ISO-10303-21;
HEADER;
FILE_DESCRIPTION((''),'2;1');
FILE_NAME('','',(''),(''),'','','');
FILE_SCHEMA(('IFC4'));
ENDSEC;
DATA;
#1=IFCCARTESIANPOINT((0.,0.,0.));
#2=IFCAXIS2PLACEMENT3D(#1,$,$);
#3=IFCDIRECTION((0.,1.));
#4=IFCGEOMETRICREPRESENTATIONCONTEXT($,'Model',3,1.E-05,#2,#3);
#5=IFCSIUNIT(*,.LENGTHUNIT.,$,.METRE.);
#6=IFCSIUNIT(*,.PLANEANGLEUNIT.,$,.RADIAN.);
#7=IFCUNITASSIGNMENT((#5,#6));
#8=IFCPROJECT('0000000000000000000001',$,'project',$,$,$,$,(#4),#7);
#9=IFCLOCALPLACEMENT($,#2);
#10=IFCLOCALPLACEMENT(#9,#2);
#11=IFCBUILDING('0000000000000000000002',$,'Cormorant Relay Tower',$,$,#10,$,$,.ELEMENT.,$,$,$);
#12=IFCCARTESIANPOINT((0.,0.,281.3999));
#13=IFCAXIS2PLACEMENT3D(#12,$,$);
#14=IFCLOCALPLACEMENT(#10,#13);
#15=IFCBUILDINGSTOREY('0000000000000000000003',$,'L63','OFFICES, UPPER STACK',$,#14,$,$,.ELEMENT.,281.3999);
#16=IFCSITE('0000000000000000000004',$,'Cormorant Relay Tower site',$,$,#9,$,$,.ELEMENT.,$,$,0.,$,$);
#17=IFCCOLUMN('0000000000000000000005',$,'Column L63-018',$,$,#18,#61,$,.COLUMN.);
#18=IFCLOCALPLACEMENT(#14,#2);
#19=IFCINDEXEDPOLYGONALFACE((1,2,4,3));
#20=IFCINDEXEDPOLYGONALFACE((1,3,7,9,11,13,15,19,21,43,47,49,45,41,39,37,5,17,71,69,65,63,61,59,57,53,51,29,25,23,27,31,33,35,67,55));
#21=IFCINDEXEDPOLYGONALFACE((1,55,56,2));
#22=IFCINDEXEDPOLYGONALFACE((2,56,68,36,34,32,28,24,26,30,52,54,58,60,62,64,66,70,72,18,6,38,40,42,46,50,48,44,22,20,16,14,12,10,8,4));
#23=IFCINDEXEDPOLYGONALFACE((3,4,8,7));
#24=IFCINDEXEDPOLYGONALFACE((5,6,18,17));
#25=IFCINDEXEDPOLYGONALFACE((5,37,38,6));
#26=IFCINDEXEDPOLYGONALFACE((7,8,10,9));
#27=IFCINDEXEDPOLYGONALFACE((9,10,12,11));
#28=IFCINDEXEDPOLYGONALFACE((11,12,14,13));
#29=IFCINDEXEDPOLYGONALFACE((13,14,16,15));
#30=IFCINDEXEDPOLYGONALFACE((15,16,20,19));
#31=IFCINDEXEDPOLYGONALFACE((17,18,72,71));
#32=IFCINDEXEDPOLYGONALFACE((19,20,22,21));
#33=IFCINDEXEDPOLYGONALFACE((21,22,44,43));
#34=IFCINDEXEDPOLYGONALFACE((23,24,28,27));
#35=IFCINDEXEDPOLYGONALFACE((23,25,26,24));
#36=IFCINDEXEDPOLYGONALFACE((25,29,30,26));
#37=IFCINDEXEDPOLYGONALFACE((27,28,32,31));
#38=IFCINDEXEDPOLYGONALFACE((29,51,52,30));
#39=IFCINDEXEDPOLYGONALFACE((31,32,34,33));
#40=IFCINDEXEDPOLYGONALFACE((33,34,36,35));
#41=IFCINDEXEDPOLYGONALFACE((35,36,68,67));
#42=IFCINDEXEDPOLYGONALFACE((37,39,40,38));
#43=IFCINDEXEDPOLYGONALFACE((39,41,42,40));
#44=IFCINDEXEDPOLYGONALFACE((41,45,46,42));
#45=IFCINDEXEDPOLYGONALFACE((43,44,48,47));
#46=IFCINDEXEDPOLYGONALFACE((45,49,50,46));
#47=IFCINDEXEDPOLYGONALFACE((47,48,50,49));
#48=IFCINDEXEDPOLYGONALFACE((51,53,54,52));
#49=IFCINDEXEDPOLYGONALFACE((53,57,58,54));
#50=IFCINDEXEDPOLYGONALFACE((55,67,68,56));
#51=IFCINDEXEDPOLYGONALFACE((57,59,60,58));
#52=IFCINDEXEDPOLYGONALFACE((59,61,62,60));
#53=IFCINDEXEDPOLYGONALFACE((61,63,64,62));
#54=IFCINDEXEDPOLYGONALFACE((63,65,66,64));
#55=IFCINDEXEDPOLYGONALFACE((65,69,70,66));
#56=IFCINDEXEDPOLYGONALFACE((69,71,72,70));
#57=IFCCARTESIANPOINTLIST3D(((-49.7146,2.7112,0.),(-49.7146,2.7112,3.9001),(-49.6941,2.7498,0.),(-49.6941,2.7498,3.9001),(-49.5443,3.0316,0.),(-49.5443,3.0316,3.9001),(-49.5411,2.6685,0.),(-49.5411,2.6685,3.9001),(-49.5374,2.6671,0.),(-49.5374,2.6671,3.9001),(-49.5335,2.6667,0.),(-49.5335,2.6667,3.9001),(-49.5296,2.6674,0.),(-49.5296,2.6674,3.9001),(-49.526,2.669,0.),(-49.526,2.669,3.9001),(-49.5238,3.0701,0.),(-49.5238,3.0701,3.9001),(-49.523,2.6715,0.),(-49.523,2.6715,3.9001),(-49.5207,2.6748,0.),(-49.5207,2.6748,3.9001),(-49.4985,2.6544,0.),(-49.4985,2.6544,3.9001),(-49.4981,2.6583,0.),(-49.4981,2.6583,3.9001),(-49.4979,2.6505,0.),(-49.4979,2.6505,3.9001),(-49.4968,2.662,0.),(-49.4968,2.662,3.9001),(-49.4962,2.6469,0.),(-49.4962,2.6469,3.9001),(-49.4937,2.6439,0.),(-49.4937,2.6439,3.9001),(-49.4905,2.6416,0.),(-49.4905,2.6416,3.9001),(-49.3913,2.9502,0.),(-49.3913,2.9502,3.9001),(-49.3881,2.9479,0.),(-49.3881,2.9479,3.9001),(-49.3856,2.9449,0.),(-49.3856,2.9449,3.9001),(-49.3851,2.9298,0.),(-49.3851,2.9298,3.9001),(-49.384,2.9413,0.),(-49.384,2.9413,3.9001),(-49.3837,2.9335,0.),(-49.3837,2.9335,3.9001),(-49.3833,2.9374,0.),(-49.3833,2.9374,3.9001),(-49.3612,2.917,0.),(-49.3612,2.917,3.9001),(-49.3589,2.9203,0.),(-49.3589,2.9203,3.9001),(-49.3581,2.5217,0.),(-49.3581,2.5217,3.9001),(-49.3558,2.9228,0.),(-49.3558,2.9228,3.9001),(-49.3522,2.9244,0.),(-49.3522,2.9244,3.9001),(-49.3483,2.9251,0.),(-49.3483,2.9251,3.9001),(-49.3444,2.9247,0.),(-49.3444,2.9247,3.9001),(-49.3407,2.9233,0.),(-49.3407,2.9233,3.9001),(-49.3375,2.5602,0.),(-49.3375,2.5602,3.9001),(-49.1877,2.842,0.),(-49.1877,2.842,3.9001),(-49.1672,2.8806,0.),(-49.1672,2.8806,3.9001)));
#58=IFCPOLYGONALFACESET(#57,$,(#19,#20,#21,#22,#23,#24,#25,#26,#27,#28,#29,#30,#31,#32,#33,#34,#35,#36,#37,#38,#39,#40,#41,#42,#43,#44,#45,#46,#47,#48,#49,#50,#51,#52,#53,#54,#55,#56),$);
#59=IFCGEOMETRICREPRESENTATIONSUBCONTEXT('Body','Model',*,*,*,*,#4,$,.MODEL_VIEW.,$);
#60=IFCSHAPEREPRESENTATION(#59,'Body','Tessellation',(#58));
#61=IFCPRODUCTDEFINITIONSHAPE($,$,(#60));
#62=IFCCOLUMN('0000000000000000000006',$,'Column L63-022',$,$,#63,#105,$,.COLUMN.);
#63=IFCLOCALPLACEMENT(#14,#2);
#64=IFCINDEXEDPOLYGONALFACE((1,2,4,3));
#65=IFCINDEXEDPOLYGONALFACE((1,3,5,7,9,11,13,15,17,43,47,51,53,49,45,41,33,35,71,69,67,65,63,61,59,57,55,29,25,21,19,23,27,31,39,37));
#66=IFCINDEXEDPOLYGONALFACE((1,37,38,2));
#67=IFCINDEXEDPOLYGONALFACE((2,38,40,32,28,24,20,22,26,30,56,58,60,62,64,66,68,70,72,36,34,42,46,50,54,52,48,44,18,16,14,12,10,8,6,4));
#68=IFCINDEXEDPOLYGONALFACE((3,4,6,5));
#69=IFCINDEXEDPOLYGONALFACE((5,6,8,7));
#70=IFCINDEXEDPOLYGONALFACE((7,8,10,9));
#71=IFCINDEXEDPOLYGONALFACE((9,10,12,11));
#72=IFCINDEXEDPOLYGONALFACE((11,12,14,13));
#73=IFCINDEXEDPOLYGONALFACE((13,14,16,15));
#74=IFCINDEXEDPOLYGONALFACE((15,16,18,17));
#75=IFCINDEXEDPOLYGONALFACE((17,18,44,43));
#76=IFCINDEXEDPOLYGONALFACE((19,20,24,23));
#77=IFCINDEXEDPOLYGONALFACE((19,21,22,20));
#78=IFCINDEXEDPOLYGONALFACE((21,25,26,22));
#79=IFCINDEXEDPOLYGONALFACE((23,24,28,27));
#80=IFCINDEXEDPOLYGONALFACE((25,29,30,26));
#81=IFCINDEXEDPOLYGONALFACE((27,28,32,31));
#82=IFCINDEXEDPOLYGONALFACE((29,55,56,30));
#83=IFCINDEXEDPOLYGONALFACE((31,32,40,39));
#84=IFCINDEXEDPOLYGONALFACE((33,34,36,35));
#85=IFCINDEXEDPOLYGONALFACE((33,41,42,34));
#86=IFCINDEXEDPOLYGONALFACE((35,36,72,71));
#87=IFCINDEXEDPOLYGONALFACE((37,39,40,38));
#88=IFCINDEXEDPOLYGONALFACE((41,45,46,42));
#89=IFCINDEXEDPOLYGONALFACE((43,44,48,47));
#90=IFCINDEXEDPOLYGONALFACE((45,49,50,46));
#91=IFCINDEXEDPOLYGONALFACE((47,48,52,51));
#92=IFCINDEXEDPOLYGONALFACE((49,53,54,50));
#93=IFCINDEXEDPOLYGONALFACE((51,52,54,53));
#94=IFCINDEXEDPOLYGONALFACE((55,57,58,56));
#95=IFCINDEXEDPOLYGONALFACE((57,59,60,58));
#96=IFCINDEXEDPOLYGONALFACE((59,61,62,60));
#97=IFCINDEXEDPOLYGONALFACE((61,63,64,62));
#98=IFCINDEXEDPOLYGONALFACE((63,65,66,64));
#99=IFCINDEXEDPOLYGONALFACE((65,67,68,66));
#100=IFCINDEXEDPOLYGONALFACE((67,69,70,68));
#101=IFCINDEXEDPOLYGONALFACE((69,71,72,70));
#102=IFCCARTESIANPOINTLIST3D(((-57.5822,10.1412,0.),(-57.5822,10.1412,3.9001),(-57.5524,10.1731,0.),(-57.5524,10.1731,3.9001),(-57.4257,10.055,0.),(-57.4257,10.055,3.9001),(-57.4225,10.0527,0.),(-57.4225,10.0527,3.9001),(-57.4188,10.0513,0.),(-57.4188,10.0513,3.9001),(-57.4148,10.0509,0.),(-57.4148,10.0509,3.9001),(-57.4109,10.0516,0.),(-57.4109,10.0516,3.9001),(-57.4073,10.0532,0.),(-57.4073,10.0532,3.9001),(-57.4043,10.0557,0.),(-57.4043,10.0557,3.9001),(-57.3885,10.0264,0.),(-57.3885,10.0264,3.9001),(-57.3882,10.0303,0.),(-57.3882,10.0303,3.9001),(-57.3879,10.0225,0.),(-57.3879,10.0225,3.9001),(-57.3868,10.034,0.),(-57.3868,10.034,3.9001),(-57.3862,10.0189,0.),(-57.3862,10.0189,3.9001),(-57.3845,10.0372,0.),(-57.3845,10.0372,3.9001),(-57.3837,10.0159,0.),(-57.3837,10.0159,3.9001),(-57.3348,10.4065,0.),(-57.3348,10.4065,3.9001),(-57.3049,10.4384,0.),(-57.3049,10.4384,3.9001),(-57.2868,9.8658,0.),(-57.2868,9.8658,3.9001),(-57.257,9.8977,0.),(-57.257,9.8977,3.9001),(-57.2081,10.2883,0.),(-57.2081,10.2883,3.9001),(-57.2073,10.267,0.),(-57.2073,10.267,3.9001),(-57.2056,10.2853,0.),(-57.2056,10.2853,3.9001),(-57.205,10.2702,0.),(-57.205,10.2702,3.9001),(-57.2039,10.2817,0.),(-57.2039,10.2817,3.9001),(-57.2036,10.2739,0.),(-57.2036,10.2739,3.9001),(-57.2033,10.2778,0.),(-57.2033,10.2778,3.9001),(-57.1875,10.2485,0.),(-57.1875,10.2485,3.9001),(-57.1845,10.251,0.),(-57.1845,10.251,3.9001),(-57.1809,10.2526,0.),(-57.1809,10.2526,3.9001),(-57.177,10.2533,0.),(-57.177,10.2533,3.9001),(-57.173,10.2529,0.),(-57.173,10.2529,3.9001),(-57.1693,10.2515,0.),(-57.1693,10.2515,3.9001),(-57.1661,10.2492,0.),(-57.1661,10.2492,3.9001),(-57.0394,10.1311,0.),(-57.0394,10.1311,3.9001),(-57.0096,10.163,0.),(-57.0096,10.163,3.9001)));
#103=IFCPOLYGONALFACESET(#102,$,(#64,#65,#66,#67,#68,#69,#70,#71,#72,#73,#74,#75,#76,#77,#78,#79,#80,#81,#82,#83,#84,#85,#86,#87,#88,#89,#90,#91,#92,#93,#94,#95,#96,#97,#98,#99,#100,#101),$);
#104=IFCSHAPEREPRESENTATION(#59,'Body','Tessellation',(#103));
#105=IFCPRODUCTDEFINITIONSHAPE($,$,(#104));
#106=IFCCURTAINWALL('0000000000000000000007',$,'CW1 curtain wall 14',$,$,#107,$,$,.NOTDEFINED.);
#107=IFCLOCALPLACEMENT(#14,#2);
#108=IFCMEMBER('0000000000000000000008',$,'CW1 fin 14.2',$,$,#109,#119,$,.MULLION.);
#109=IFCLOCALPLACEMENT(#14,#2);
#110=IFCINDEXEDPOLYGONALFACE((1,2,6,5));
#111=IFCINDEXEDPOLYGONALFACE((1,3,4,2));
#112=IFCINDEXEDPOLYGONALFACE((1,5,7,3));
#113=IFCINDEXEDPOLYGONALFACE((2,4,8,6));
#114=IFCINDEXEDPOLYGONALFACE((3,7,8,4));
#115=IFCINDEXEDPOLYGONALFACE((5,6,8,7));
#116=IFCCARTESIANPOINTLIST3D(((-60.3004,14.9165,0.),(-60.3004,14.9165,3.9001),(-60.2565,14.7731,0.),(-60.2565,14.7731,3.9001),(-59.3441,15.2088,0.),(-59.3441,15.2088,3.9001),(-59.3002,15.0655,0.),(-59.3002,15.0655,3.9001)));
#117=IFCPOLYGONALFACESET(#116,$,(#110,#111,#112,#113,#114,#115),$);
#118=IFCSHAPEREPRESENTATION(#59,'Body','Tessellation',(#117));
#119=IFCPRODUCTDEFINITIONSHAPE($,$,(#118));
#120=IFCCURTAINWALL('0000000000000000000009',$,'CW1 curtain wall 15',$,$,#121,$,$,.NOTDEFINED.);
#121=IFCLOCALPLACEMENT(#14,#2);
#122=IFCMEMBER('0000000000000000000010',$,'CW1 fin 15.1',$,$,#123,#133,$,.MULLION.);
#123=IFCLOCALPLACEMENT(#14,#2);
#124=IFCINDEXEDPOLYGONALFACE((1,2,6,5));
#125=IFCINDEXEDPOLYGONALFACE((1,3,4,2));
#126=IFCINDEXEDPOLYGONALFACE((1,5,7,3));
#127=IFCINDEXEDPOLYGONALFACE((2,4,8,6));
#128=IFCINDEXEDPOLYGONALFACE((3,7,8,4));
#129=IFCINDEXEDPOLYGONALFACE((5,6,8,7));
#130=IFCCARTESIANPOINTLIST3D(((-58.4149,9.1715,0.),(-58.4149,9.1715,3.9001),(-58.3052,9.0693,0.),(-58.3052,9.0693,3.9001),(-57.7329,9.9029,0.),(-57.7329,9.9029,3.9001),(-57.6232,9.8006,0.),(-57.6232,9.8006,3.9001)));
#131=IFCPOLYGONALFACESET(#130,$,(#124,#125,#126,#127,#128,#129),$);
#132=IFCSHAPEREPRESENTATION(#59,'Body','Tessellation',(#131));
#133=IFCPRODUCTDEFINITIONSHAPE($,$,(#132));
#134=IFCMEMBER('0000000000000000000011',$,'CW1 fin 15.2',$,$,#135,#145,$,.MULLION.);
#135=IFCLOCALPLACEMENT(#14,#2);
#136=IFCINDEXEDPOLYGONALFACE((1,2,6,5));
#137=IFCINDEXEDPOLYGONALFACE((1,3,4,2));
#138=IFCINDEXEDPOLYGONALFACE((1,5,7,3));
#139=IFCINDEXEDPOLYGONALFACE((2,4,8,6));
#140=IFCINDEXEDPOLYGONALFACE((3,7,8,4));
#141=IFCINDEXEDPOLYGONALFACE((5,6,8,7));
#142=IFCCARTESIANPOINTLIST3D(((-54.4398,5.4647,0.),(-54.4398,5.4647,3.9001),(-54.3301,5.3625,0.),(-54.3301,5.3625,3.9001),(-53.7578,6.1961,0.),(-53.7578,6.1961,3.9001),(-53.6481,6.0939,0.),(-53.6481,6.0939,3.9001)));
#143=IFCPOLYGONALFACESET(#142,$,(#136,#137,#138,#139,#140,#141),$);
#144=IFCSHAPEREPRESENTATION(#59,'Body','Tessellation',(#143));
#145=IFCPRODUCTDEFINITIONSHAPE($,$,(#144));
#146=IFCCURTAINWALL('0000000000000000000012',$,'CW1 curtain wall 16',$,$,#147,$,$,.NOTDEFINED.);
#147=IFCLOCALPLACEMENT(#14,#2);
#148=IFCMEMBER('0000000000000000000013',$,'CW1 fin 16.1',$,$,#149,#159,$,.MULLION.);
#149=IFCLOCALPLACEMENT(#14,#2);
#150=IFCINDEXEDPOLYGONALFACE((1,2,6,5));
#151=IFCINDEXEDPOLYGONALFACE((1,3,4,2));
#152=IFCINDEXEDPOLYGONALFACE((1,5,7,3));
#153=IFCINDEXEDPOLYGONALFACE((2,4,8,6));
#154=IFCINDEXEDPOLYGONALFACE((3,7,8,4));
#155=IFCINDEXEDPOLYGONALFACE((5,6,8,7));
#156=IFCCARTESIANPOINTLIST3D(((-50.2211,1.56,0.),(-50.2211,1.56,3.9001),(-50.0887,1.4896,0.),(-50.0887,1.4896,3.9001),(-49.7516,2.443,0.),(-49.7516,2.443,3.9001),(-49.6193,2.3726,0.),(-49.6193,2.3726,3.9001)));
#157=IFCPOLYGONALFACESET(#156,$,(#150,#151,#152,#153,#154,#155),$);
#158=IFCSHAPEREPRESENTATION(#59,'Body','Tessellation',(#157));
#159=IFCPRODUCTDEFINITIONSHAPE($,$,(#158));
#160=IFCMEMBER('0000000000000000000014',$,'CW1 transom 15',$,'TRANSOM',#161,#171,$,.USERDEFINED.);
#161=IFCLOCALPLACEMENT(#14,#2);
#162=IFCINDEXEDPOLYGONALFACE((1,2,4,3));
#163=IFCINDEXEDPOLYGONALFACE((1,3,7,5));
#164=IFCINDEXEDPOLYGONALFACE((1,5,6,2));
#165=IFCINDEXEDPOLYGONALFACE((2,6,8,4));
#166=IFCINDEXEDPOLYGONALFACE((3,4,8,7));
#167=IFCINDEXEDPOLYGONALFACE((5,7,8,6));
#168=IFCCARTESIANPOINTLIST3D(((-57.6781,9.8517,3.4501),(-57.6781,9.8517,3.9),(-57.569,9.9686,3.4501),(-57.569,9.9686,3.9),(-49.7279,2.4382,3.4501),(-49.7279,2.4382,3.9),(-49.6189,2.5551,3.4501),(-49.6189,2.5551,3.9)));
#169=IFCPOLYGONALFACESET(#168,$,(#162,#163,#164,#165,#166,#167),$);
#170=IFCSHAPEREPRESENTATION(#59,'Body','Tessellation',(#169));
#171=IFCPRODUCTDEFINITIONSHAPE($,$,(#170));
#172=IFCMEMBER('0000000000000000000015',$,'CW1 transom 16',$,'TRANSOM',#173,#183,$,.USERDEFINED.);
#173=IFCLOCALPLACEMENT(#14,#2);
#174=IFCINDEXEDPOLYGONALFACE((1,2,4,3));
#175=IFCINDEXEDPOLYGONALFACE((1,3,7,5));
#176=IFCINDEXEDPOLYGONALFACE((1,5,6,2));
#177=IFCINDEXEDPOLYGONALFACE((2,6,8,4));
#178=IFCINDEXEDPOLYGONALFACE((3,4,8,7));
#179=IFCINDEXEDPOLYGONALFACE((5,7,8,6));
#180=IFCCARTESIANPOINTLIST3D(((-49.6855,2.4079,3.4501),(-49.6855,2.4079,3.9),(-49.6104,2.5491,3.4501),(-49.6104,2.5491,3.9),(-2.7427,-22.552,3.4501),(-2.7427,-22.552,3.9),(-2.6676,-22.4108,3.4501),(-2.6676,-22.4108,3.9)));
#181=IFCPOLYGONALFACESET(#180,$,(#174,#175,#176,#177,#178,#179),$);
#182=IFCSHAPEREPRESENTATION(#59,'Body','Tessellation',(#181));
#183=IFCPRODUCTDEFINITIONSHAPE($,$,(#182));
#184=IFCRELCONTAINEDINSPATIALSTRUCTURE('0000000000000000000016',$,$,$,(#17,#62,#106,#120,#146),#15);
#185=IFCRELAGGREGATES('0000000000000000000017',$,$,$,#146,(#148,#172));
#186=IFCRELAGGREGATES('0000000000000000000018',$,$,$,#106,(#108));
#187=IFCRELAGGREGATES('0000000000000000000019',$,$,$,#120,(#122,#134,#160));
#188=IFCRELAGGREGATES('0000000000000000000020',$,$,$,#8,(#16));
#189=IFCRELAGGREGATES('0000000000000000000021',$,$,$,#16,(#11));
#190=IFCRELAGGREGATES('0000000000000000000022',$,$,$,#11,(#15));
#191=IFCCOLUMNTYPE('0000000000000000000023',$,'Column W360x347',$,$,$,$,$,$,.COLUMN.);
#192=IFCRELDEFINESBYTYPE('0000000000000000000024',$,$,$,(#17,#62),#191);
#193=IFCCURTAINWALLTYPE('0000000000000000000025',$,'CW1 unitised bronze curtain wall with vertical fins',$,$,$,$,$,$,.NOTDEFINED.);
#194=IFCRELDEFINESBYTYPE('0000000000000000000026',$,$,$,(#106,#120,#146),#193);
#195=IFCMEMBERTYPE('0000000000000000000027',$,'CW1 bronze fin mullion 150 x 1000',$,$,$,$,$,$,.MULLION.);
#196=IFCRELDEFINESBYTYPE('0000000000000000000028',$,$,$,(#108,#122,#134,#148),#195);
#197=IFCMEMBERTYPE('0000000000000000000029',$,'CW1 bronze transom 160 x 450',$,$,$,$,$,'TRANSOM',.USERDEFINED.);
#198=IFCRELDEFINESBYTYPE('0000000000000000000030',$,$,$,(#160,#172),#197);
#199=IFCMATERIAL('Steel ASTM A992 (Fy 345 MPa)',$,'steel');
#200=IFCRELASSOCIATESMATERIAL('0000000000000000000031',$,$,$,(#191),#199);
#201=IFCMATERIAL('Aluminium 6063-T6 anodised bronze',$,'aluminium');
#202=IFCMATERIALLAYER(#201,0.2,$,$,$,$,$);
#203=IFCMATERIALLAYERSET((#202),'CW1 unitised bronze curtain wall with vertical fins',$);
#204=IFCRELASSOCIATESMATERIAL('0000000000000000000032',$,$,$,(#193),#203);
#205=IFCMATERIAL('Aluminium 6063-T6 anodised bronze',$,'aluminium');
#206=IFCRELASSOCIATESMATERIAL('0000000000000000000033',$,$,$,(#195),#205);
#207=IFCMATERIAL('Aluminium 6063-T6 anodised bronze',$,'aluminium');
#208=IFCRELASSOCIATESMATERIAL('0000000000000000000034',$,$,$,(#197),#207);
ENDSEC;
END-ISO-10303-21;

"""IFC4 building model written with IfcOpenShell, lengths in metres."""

from ifc_helpers import new_model, si_unit, direction, frame, origin, origin_2d, place, context, subcontext, project, spatial, rectangle, i_section, extrude, material, layer, layer_set, material_profile, profile_set, type_object, element, aggregate, save


model = new_model("IFC4")

# Units and contexts
model_context = context("Model", 3, precision=1e-05, world=origin(), true_north=direction((0.0, 1.0)))
body_context = subcontext(model_context, "Body", "Model", "MODEL_VIEW")
ifc_project = project(units=[si_unit("LENGTHUNIT", "METRE"), si_unit("PLANEANGLEUNIT", "RADIAN")], contexts=[model_context])

# Site, building, storey
site_placement = place(None, origin())
site = spatial("IfcSite", under=ifc_project, at=site_placement, Name="Cormorant Relay Tower site", CompositionType="ELEMENT", RefElevation=0.0)
building_placement = place(site_placement, origin())
building = spatial("IfcBuilding", under=site, at=building_placement, Name="Cormorant Relay Tower", CompositionType="ELEMENT")
storey_placement = place(building_placement, frame((0.0, 0.0, 281.3999)))
storey = spatial("IfcBuildingStorey", under=building, at=storey_placement, Name="L63", Description="OFFICES, UPPER STACK", CompositionType="ELEMENT", Elevation=281.3999)

# Columns
ifc_material_1 = material(Name="Steel ASTM A992 (Fy 345 MPa)", Category="steel")
ifc_material_profile_1 = material_profile(ifc_material_1, i_section(OverallWidth=0.4038, OverallDepth=0.4065, WebThickness=0.0271, FlangeThickness=0.0437, FilletRadius=0.0151, at=origin_2d()), Name="W360x347")
ifc_profile_set_1 = profile_set([ifc_material_profile_1], Name="Steel ASTM A992 (Fy 345 MPa)")
column_type = type_object("IfcColumnType", Name="Column W360x347", PredefinedType="COLUMN", material=ifc_profile_set_1)
for number, where, z_axis, x_axis, name in (
    (1, (-49.4409, 2.7959, 0.0), (0.0, 0.0, 1.0), (0.882948, -0.469472, 0.0), "Column L63-018"),
    (2, (-57.2959, 10.1521, 0.0), (0.0, 0.0, 1.0), (0.731354, -0.681998, 0.0), "Column L63-022"),
):
    element("IfcColumn", number, at=place(storey_placement, frame(where, z_axis=z_axis, x_axis=x_axis)), inside=storey, type_object=column_type, Name=name, PredefinedType="COLUMN", context=body_context, shape_type="SweptSolid", body=[
        extrude(i_section(OverallWidth=0.4038, OverallDepth=0.4065, WebThickness=0.0271, FlangeThickness=0.0437, FilletRadius=0.0151, at=origin_2d()), origin(), (0.0, 0.0, 1.0), 3.9001),
    ])

# Curtain wall, member
ifc_material_2 = material(Name="Aluminium 6063-T6 anodised bronze", Category="aluminium")
ifc_layer_1 = layer(ifc_material_2, 0.2)
ifc_layer_set_1 = layer_set([ifc_layer_1], Name="CW1 unitised bronze curtain wall with vertical fins")
curtain_wall_type = type_object("IfcCurtainWallType", Name="CW1 unitised bronze curtain wall with vertical fins", PredefinedType="NOTDEFINED", material=ifc_layer_set_1)
curtain_wall_1_placement = place(storey_placement, origin())
curtain_wall_1 = element("IfcCurtainWall", 3, at=curtain_wall_1_placement, inside=storey, type_object=curtain_wall_type, Name="CW1 curtain wall 14", PredefinedType="NOTDEFINED")
ifc_material_3 = material(Name="Aluminium 6063-T6 anodised bronze", Category="aluminium")
ifc_material_profile_2 = material_profile(ifc_material_3, rectangle(XDim=0.1499, YDim=1.0, at=origin_2d()), Name="AL 150x1000")
ifc_profile_set_2 = profile_set([ifc_material_profile_2], Name="Aluminium 6063-T6 anodised bronze")
member_type_1 = type_object("IfcMemberType", Name="CW1 bronze fin mullion 150 x 1000", PredefinedType="MULLION", material=ifc_profile_set_2)
member_1_placement = place(storey_placement, frame((-59.8003, 14.991, 0.0), z_axis=(0.0, 0.0, 1.0), x_axis=(0.292372, -0.956305, 0.0)))
member_1 = element("IfcMember", 4, at=member_1_placement, type_object=member_type_1, Name="CW1 fin 14.2", PredefinedType="MULLION", context=body_context, shape_type="SweptSolid", body=[
    extrude(rectangle(XDim=0.1499, YDim=1.0, at=origin_2d()), origin(), (0.0, 0.0, 1.0), 3.9001),
])

# Curtain wall, members
curtain_wall_2_placement = place(storey_placement, origin())
curtain_wall_2 = element("IfcCurtainWall", 5, at=curtain_wall_2_placement, inside=storey, type_object=curtain_wall_type, Name="CW1 curtain wall 15", PredefinedType="NOTDEFINED")
member_2_placement = place(storey_placement, frame((-58.019, 9.4861, 0.0), z_axis=(0.0, 0.0, 1.0), x_axis=(0.731354, -0.681998, 0.0)))
member_2 = element("IfcMember", 6, at=member_2_placement, type_object=member_type_1, Name="CW1 fin 15.1", PredefinedType="MULLION", context=body_context, shape_type="SweptSolid", body=[
    extrude(rectangle(XDim=0.1499, YDim=1.0, at=origin_2d()), origin(), (0.0, 0.0, 1.0), 3.9001),
])
member_3_placement = place(storey_placement, frame((-54.0439, 5.7793, 0.0), z_axis=(0.0, 0.0, 1.0), x_axis=(0.731354, -0.681998, 0.0)))
member_3 = element("IfcMember", 7, at=member_3_placement, type_object=member_type_1, Name="CW1 fin 15.2", PredefinedType="MULLION", context=body_context, shape_type="SweptSolid", body=[
    extrude(rectangle(XDim=0.1499, YDim=1.0, at=origin_2d()), origin(), (0.0, 0.0, 1.0), 3.9001),
])

# Curtain wall, member
curtain_wall_3_placement = place(storey_placement, origin())
curtain_wall_3 = element("IfcCurtainWall", 8, at=curtain_wall_3_placement, inside=storey, type_object=curtain_wall_type, Name="CW1 curtain wall 16", PredefinedType="NOTDEFINED")
member_4_placement = place(storey_placement, frame((-49.9202, 1.9663, 0.0), z_axis=(0.0, 0.0, 1.0), x_axis=(0.882948, -0.469472, 0.0)))
member_4 = element("IfcMember", 9, at=member_4_placement, type_object=member_type_1, Name="CW1 fin 16.1", PredefinedType="MULLION", context=body_context, shape_type="SweptSolid", body=[
    extrude(rectangle(XDim=0.1499, YDim=1.0, at=origin_2d()), origin(), (0.0, 0.0, 1.0), 3.9001),
])

# Members
ifc_material_4 = material(Name="Aluminium 6063-T6 anodised bronze", Category="aluminium")
ifc_material_profile_3 = material_profile(ifc_material_4, rectangle(XDim=0.1599, YDim=0.45, at=origin_2d()), Name="AL 160x450")
ifc_profile_set_3 = profile_set([ifc_material_profile_3], Name="Aluminium 6063-T6 anodised bronze")
member_type_2 = type_object("IfcMemberType", Name="CW1 bronze transom 160 x 450", ElementType="TRANSOM", PredefinedType="USERDEFINED", material=ifc_profile_set_3)
member_5_placement = place(storey_placement, frame((-57.6235, 9.9102, 3.675), z_axis=(0.731358, -0.681993, 0.0), x_axis=(0.681993, 0.731358, 0.0)))
member_5 = element("IfcMember", 10, at=member_5_placement, type_object=member_type_2, Name="CW1 transom 15", ObjectType="TRANSOM", PredefinedType="USERDEFINED", context=body_context, shape_type="SweptSolid", body=[
    extrude(rectangle(XDim=0.1599, YDim=0.45, at=origin_2d()), origin(), (0.0, 0.0, 1.0), 10.8704),
])
member_6_placement = place(storey_placement, frame((-49.6479, 2.4785, 3.675), z_axis=(0.882948, -0.469471, 0.0), x_axis=(0.469471, 0.882948, 0.0)))
member_6 = element("IfcMember", 11, at=member_6_placement, type_object=member_type_2, Name="CW1 transom 16", ObjectType="TRANSOM", PredefinedType="USERDEFINED", context=body_context, shape_type="SweptSolid", body=[
    extrude(rectangle(XDim=0.1599, YDim=0.45, at=origin_2d()), origin(), (0.0, 0.0, 1.0), 53.166),
])
aggregate(curtain_wall_3, [member_4, member_6])

aggregate(curtain_wall_1, [member_1])
aggregate(curtain_wall_2, [member_2, member_3, member_5])

save(model, "model.ifc")
